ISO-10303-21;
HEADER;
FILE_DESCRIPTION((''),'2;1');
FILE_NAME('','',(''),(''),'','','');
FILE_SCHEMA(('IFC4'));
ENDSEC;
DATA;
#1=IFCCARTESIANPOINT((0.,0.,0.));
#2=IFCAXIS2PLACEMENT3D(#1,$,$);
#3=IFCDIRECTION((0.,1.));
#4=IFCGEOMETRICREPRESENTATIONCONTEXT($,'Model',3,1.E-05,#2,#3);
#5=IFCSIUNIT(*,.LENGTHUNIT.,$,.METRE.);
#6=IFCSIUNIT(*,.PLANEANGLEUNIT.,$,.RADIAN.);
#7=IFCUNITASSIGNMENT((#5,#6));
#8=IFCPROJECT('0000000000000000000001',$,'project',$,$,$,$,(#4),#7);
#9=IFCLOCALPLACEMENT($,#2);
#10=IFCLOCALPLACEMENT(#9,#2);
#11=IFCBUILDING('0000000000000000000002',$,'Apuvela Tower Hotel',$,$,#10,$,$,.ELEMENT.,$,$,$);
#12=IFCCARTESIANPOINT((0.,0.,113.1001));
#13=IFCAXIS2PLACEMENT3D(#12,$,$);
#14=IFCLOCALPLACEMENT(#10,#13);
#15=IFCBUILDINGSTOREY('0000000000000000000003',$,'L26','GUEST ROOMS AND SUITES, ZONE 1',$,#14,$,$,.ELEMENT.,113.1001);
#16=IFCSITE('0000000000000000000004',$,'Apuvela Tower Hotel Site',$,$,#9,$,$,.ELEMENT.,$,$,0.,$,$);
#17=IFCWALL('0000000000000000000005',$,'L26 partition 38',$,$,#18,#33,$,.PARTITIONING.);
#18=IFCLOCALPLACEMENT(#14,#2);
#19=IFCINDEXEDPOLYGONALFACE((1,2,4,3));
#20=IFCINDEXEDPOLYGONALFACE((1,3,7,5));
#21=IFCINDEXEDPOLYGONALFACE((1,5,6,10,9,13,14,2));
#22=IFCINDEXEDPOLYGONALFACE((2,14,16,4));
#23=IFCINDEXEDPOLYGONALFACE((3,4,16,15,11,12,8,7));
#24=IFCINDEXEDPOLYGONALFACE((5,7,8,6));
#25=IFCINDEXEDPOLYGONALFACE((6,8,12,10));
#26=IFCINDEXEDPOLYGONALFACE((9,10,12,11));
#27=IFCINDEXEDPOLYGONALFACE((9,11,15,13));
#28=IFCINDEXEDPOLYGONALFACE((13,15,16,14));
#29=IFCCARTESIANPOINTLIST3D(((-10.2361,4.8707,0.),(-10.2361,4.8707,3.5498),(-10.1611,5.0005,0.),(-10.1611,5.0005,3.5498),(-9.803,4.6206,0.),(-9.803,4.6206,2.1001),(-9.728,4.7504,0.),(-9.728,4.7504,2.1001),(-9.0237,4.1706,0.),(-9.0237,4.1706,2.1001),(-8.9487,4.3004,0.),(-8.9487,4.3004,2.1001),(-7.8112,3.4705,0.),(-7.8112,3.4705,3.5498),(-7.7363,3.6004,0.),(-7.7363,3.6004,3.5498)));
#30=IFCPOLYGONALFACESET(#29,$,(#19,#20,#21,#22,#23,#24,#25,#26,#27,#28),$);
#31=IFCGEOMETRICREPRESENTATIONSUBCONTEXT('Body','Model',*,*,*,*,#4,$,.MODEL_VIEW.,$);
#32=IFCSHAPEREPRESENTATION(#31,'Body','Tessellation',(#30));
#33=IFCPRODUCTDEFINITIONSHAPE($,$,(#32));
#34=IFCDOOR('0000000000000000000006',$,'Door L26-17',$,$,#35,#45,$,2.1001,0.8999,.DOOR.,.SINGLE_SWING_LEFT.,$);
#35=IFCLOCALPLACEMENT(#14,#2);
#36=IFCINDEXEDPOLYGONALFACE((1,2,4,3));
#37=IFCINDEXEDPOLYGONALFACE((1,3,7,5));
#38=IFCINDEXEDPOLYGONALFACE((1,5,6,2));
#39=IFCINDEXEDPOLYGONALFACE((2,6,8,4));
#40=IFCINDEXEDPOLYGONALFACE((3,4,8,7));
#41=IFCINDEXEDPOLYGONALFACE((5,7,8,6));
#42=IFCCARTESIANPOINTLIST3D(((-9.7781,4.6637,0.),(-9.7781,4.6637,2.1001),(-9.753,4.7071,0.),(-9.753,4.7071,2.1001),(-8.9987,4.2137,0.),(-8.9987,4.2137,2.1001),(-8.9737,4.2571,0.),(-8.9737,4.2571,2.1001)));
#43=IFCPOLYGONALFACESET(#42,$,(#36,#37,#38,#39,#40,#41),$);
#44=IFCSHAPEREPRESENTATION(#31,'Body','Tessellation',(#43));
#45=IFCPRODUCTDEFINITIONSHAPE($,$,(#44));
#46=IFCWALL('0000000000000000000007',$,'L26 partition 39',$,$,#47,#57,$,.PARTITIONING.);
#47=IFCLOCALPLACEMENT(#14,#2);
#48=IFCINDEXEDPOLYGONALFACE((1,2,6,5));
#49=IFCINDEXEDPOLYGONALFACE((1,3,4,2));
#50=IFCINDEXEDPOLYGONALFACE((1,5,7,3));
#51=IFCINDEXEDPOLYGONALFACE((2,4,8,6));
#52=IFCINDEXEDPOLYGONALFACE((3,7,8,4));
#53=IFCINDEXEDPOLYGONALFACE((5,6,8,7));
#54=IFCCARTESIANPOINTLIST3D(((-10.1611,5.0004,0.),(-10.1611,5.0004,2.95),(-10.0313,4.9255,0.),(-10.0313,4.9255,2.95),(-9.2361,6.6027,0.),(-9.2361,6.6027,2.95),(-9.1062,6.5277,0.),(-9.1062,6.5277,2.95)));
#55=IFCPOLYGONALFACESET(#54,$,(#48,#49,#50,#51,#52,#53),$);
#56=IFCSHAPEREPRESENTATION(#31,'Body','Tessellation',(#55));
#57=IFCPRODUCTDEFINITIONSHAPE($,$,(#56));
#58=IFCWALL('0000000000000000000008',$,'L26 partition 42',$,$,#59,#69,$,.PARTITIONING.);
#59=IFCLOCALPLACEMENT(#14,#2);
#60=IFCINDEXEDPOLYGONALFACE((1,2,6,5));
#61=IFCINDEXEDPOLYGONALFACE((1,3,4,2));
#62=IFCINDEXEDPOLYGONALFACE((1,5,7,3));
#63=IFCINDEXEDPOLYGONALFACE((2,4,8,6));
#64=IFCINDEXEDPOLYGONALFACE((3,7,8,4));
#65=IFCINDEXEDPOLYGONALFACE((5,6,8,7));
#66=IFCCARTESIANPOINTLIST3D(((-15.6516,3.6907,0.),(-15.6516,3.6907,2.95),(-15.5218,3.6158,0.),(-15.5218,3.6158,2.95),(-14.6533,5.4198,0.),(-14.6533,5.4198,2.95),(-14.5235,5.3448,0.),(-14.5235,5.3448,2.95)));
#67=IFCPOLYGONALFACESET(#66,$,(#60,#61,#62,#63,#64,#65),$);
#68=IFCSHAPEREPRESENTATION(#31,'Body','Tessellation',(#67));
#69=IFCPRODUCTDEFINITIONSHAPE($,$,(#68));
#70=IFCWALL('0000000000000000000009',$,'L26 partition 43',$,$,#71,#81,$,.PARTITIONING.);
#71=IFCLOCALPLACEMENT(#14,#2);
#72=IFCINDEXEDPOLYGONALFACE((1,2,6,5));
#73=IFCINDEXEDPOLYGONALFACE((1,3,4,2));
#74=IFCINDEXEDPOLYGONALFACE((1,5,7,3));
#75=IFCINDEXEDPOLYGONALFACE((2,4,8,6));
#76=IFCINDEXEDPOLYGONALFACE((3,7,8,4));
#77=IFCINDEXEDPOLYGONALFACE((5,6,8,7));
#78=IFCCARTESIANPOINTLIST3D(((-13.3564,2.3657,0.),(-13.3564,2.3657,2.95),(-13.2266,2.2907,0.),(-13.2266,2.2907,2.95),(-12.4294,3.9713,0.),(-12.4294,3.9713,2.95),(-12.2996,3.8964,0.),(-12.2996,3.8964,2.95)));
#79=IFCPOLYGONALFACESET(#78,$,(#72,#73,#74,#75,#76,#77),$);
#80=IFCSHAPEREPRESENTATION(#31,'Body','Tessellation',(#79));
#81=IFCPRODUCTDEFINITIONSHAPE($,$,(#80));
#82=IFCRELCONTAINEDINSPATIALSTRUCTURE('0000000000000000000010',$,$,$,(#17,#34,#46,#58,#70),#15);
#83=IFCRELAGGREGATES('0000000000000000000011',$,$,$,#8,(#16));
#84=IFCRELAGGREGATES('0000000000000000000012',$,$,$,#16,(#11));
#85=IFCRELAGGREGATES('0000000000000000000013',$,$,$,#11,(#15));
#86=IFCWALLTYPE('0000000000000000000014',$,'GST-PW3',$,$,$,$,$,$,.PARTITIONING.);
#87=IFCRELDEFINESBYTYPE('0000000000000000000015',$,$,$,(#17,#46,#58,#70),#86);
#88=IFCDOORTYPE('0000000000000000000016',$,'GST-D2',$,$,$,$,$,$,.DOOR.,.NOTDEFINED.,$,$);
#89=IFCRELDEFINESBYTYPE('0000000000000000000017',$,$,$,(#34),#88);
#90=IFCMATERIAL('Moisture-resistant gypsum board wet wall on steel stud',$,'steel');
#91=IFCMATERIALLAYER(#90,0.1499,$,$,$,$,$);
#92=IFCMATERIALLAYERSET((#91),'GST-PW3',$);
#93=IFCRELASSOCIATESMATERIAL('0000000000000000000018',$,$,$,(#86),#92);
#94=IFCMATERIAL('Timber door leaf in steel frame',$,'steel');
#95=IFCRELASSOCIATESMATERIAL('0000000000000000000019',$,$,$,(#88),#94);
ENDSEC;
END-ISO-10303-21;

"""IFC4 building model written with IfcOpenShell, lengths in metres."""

from ifc_helpers import new_model, si_unit, direction, frame, frame_2d, origin, place, context, subcontext, project, spatial, rectangle, extrude, material, layer, layer_set, type_object, element, fill, save


model = new_model("IFC4")

# Units and contexts
model_context = context("Model", 3, precision=1e-05, world=origin(), true_north=direction((0.0, 1.0)))
body_context = subcontext(model_context, "Body", "Model", "MODEL_VIEW")
ifc_project = project(units=[si_unit("LENGTHUNIT", "METRE"), si_unit("PLANEANGLEUNIT", "RADIAN")], contexts=[model_context])

# Site, building, storey
site_placement = place(None, origin())
site = spatial("IfcSite", under=ifc_project, at=site_placement, Name="Apuvela Tower Hotel Site", CompositionType="ELEMENT", RefElevation=0.0)
building_placement = place(site_placement, origin())
building = spatial("IfcBuilding", under=site, at=building_placement, Name="Apuvela Tower Hotel", CompositionType="ELEMENT")
storey_placement = place(building_placement, frame((0.0, 0.0, 113.1001)))
storey = spatial("IfcBuildingStorey", under=building, at=storey_placement, Name="L26", Description="GUEST ROOMS AND SUITES, ZONE 1", CompositionType="ELEMENT", Elevation=113.1001)

# Shared definitions
ifc_material_1 = material(Name="Timber door leaf in steel frame", Category="steel")
ifc_material_2 = material(Name="Moisture-resistant gypsum board wet wall on steel stud", Category="steel")
ifc_layer_1 = layer(ifc_material_2, 0.1499)
ifc_layer_set_1 = layer_set([ifc_layer_1], Name="GST-PW3")
wall_type_1 = type_object("IfcWallType", Name="GST-PW3", PredefinedType="PARTITIONING", material=ifc_layer_set_1)
door_type_1 = type_object("IfcDoorType", Name="GST-D2", OperationType="NOTDEFINED", PredefinedType="DOOR", material=ifc_material_1)

# Wall, opening, door
wall_1_placement = place(storey_placement, frame((-10.1985, 4.9355, 0.0), z_axis=(0.0, 0.0, 1.0), x_axis=(0.865997, -0.50005, 0.0)))
wall_1 = element("IfcWall", 1, at=wall_1_placement, inside=storey, type_object=wall_type_1, Name="L26 partition 38", PredefinedType="PARTITIONING", context=body_context, shape_type="SweptSolid", body=[
    extrude(rectangle(XDim=2.8, YDim=0.1499, at=frame_2d((1.3999, 0.0))), origin(), (0.0, 0.0, 1.0), 3.5498),
])
opening_1_placement = place(wall_1_placement, frame((0.5, 0.0, 0.0)))
opening_1 = element("IfcOpeningElement", 2, at=opening_1_placement, cuts=wall_1, PredefinedType="OPENING", context=body_context, shape_type="SweptSolid", body=[
    extrude(rectangle(XDim=0.8999, YDim=2.1001, at=frame_2d((0.45, 1.05))), frame((0.0, 0.085, 0.0), z_axis=(0.0, -1.0, 0.0), x_axis=(1.0, 0.0, 0.0)), (0.0, 0.0, 1.0), 0.1699),
])
door_1_placement = place(opening_1_placement, origin())
door_1 = element("IfcDoor", 3, at=door_1_placement, inside=storey, type_object=door_type_1, Name="Door L26-17", OperationType="SINGLE_SWING_LEFT", OverallHeight=2.1001, OverallWidth=0.8999, PredefinedType="DOOR", context=body_context, shape_type="SweptSolid", body=[
    extrude(rectangle(XDim=0.8999, YDim=2.1001, at=frame_2d((0.45, 1.05))), frame((0.0, 0.0249, 0.0), z_axis=(0.0, -1.0, 0.0), x_axis=(1.0, 0.0, 0.0)), (0.0, 0.0, 1.0), 0.05),
])
fill(opening_1, door_1)

# Walls
wall_2_placement = place(storey_placement, frame((-9.1711, 6.5652, 0.0), z_axis=(0.0, 0.0, 1.0), x_axis=(-0.499985, -0.866034, 0.0)))
element("IfcWall", 4, at=wall_2_placement, inside=storey, type_object=wall_type_1, Name="L26 partition 39", PredefinedType="PARTITIONING", context=body_context, shape_type="SweptSolid", body=[
    extrude(rectangle(XDim=1.8501, YDim=0.1499, at=frame_2d((0.925, 0.0))), origin(), (0.0, 0.0, 1.0), 2.95),
])
wall_3_placement = place(storey_placement, frame((-14.5884, 5.3823, 0.0), z_axis=(0.0, 0.0, 1.0), x_axis=(-0.500019, -0.866015, 0.0)))
element("IfcWall", 5, at=wall_3_placement, inside=storey, type_object=wall_type_1, Name="L26 partition 42", PredefinedType="PARTITIONING", context=body_context, shape_type="SweptSolid", body=[
    extrude(rectangle(XDim=1.9966, YDim=0.1499, at=frame_2d((0.9983, 0.0))), origin(), (0.0, 0.0, 1.0), 2.95),
])
wall_4_placement = place(storey_placement, frame((-12.3645, 3.9338, 0.0), z_axis=(0.0, 0.0, 1.0), x_axis=(-0.499977, -0.866039, 0.0)))
element("IfcWall", 6, at=wall_4_placement, inside=storey, type_object=wall_type_1, Name="L26 partition 43", PredefinedType="PARTITIONING", context=body_context, shape_type="SweptSolid", body=[
    extrude(rectangle(XDim=1.854, YDim=0.1499, at=frame_2d((0.927, 0.0))), origin(), (0.0, 0.0, 1.0), 2.95),
])

save(model, "model.ifc")
